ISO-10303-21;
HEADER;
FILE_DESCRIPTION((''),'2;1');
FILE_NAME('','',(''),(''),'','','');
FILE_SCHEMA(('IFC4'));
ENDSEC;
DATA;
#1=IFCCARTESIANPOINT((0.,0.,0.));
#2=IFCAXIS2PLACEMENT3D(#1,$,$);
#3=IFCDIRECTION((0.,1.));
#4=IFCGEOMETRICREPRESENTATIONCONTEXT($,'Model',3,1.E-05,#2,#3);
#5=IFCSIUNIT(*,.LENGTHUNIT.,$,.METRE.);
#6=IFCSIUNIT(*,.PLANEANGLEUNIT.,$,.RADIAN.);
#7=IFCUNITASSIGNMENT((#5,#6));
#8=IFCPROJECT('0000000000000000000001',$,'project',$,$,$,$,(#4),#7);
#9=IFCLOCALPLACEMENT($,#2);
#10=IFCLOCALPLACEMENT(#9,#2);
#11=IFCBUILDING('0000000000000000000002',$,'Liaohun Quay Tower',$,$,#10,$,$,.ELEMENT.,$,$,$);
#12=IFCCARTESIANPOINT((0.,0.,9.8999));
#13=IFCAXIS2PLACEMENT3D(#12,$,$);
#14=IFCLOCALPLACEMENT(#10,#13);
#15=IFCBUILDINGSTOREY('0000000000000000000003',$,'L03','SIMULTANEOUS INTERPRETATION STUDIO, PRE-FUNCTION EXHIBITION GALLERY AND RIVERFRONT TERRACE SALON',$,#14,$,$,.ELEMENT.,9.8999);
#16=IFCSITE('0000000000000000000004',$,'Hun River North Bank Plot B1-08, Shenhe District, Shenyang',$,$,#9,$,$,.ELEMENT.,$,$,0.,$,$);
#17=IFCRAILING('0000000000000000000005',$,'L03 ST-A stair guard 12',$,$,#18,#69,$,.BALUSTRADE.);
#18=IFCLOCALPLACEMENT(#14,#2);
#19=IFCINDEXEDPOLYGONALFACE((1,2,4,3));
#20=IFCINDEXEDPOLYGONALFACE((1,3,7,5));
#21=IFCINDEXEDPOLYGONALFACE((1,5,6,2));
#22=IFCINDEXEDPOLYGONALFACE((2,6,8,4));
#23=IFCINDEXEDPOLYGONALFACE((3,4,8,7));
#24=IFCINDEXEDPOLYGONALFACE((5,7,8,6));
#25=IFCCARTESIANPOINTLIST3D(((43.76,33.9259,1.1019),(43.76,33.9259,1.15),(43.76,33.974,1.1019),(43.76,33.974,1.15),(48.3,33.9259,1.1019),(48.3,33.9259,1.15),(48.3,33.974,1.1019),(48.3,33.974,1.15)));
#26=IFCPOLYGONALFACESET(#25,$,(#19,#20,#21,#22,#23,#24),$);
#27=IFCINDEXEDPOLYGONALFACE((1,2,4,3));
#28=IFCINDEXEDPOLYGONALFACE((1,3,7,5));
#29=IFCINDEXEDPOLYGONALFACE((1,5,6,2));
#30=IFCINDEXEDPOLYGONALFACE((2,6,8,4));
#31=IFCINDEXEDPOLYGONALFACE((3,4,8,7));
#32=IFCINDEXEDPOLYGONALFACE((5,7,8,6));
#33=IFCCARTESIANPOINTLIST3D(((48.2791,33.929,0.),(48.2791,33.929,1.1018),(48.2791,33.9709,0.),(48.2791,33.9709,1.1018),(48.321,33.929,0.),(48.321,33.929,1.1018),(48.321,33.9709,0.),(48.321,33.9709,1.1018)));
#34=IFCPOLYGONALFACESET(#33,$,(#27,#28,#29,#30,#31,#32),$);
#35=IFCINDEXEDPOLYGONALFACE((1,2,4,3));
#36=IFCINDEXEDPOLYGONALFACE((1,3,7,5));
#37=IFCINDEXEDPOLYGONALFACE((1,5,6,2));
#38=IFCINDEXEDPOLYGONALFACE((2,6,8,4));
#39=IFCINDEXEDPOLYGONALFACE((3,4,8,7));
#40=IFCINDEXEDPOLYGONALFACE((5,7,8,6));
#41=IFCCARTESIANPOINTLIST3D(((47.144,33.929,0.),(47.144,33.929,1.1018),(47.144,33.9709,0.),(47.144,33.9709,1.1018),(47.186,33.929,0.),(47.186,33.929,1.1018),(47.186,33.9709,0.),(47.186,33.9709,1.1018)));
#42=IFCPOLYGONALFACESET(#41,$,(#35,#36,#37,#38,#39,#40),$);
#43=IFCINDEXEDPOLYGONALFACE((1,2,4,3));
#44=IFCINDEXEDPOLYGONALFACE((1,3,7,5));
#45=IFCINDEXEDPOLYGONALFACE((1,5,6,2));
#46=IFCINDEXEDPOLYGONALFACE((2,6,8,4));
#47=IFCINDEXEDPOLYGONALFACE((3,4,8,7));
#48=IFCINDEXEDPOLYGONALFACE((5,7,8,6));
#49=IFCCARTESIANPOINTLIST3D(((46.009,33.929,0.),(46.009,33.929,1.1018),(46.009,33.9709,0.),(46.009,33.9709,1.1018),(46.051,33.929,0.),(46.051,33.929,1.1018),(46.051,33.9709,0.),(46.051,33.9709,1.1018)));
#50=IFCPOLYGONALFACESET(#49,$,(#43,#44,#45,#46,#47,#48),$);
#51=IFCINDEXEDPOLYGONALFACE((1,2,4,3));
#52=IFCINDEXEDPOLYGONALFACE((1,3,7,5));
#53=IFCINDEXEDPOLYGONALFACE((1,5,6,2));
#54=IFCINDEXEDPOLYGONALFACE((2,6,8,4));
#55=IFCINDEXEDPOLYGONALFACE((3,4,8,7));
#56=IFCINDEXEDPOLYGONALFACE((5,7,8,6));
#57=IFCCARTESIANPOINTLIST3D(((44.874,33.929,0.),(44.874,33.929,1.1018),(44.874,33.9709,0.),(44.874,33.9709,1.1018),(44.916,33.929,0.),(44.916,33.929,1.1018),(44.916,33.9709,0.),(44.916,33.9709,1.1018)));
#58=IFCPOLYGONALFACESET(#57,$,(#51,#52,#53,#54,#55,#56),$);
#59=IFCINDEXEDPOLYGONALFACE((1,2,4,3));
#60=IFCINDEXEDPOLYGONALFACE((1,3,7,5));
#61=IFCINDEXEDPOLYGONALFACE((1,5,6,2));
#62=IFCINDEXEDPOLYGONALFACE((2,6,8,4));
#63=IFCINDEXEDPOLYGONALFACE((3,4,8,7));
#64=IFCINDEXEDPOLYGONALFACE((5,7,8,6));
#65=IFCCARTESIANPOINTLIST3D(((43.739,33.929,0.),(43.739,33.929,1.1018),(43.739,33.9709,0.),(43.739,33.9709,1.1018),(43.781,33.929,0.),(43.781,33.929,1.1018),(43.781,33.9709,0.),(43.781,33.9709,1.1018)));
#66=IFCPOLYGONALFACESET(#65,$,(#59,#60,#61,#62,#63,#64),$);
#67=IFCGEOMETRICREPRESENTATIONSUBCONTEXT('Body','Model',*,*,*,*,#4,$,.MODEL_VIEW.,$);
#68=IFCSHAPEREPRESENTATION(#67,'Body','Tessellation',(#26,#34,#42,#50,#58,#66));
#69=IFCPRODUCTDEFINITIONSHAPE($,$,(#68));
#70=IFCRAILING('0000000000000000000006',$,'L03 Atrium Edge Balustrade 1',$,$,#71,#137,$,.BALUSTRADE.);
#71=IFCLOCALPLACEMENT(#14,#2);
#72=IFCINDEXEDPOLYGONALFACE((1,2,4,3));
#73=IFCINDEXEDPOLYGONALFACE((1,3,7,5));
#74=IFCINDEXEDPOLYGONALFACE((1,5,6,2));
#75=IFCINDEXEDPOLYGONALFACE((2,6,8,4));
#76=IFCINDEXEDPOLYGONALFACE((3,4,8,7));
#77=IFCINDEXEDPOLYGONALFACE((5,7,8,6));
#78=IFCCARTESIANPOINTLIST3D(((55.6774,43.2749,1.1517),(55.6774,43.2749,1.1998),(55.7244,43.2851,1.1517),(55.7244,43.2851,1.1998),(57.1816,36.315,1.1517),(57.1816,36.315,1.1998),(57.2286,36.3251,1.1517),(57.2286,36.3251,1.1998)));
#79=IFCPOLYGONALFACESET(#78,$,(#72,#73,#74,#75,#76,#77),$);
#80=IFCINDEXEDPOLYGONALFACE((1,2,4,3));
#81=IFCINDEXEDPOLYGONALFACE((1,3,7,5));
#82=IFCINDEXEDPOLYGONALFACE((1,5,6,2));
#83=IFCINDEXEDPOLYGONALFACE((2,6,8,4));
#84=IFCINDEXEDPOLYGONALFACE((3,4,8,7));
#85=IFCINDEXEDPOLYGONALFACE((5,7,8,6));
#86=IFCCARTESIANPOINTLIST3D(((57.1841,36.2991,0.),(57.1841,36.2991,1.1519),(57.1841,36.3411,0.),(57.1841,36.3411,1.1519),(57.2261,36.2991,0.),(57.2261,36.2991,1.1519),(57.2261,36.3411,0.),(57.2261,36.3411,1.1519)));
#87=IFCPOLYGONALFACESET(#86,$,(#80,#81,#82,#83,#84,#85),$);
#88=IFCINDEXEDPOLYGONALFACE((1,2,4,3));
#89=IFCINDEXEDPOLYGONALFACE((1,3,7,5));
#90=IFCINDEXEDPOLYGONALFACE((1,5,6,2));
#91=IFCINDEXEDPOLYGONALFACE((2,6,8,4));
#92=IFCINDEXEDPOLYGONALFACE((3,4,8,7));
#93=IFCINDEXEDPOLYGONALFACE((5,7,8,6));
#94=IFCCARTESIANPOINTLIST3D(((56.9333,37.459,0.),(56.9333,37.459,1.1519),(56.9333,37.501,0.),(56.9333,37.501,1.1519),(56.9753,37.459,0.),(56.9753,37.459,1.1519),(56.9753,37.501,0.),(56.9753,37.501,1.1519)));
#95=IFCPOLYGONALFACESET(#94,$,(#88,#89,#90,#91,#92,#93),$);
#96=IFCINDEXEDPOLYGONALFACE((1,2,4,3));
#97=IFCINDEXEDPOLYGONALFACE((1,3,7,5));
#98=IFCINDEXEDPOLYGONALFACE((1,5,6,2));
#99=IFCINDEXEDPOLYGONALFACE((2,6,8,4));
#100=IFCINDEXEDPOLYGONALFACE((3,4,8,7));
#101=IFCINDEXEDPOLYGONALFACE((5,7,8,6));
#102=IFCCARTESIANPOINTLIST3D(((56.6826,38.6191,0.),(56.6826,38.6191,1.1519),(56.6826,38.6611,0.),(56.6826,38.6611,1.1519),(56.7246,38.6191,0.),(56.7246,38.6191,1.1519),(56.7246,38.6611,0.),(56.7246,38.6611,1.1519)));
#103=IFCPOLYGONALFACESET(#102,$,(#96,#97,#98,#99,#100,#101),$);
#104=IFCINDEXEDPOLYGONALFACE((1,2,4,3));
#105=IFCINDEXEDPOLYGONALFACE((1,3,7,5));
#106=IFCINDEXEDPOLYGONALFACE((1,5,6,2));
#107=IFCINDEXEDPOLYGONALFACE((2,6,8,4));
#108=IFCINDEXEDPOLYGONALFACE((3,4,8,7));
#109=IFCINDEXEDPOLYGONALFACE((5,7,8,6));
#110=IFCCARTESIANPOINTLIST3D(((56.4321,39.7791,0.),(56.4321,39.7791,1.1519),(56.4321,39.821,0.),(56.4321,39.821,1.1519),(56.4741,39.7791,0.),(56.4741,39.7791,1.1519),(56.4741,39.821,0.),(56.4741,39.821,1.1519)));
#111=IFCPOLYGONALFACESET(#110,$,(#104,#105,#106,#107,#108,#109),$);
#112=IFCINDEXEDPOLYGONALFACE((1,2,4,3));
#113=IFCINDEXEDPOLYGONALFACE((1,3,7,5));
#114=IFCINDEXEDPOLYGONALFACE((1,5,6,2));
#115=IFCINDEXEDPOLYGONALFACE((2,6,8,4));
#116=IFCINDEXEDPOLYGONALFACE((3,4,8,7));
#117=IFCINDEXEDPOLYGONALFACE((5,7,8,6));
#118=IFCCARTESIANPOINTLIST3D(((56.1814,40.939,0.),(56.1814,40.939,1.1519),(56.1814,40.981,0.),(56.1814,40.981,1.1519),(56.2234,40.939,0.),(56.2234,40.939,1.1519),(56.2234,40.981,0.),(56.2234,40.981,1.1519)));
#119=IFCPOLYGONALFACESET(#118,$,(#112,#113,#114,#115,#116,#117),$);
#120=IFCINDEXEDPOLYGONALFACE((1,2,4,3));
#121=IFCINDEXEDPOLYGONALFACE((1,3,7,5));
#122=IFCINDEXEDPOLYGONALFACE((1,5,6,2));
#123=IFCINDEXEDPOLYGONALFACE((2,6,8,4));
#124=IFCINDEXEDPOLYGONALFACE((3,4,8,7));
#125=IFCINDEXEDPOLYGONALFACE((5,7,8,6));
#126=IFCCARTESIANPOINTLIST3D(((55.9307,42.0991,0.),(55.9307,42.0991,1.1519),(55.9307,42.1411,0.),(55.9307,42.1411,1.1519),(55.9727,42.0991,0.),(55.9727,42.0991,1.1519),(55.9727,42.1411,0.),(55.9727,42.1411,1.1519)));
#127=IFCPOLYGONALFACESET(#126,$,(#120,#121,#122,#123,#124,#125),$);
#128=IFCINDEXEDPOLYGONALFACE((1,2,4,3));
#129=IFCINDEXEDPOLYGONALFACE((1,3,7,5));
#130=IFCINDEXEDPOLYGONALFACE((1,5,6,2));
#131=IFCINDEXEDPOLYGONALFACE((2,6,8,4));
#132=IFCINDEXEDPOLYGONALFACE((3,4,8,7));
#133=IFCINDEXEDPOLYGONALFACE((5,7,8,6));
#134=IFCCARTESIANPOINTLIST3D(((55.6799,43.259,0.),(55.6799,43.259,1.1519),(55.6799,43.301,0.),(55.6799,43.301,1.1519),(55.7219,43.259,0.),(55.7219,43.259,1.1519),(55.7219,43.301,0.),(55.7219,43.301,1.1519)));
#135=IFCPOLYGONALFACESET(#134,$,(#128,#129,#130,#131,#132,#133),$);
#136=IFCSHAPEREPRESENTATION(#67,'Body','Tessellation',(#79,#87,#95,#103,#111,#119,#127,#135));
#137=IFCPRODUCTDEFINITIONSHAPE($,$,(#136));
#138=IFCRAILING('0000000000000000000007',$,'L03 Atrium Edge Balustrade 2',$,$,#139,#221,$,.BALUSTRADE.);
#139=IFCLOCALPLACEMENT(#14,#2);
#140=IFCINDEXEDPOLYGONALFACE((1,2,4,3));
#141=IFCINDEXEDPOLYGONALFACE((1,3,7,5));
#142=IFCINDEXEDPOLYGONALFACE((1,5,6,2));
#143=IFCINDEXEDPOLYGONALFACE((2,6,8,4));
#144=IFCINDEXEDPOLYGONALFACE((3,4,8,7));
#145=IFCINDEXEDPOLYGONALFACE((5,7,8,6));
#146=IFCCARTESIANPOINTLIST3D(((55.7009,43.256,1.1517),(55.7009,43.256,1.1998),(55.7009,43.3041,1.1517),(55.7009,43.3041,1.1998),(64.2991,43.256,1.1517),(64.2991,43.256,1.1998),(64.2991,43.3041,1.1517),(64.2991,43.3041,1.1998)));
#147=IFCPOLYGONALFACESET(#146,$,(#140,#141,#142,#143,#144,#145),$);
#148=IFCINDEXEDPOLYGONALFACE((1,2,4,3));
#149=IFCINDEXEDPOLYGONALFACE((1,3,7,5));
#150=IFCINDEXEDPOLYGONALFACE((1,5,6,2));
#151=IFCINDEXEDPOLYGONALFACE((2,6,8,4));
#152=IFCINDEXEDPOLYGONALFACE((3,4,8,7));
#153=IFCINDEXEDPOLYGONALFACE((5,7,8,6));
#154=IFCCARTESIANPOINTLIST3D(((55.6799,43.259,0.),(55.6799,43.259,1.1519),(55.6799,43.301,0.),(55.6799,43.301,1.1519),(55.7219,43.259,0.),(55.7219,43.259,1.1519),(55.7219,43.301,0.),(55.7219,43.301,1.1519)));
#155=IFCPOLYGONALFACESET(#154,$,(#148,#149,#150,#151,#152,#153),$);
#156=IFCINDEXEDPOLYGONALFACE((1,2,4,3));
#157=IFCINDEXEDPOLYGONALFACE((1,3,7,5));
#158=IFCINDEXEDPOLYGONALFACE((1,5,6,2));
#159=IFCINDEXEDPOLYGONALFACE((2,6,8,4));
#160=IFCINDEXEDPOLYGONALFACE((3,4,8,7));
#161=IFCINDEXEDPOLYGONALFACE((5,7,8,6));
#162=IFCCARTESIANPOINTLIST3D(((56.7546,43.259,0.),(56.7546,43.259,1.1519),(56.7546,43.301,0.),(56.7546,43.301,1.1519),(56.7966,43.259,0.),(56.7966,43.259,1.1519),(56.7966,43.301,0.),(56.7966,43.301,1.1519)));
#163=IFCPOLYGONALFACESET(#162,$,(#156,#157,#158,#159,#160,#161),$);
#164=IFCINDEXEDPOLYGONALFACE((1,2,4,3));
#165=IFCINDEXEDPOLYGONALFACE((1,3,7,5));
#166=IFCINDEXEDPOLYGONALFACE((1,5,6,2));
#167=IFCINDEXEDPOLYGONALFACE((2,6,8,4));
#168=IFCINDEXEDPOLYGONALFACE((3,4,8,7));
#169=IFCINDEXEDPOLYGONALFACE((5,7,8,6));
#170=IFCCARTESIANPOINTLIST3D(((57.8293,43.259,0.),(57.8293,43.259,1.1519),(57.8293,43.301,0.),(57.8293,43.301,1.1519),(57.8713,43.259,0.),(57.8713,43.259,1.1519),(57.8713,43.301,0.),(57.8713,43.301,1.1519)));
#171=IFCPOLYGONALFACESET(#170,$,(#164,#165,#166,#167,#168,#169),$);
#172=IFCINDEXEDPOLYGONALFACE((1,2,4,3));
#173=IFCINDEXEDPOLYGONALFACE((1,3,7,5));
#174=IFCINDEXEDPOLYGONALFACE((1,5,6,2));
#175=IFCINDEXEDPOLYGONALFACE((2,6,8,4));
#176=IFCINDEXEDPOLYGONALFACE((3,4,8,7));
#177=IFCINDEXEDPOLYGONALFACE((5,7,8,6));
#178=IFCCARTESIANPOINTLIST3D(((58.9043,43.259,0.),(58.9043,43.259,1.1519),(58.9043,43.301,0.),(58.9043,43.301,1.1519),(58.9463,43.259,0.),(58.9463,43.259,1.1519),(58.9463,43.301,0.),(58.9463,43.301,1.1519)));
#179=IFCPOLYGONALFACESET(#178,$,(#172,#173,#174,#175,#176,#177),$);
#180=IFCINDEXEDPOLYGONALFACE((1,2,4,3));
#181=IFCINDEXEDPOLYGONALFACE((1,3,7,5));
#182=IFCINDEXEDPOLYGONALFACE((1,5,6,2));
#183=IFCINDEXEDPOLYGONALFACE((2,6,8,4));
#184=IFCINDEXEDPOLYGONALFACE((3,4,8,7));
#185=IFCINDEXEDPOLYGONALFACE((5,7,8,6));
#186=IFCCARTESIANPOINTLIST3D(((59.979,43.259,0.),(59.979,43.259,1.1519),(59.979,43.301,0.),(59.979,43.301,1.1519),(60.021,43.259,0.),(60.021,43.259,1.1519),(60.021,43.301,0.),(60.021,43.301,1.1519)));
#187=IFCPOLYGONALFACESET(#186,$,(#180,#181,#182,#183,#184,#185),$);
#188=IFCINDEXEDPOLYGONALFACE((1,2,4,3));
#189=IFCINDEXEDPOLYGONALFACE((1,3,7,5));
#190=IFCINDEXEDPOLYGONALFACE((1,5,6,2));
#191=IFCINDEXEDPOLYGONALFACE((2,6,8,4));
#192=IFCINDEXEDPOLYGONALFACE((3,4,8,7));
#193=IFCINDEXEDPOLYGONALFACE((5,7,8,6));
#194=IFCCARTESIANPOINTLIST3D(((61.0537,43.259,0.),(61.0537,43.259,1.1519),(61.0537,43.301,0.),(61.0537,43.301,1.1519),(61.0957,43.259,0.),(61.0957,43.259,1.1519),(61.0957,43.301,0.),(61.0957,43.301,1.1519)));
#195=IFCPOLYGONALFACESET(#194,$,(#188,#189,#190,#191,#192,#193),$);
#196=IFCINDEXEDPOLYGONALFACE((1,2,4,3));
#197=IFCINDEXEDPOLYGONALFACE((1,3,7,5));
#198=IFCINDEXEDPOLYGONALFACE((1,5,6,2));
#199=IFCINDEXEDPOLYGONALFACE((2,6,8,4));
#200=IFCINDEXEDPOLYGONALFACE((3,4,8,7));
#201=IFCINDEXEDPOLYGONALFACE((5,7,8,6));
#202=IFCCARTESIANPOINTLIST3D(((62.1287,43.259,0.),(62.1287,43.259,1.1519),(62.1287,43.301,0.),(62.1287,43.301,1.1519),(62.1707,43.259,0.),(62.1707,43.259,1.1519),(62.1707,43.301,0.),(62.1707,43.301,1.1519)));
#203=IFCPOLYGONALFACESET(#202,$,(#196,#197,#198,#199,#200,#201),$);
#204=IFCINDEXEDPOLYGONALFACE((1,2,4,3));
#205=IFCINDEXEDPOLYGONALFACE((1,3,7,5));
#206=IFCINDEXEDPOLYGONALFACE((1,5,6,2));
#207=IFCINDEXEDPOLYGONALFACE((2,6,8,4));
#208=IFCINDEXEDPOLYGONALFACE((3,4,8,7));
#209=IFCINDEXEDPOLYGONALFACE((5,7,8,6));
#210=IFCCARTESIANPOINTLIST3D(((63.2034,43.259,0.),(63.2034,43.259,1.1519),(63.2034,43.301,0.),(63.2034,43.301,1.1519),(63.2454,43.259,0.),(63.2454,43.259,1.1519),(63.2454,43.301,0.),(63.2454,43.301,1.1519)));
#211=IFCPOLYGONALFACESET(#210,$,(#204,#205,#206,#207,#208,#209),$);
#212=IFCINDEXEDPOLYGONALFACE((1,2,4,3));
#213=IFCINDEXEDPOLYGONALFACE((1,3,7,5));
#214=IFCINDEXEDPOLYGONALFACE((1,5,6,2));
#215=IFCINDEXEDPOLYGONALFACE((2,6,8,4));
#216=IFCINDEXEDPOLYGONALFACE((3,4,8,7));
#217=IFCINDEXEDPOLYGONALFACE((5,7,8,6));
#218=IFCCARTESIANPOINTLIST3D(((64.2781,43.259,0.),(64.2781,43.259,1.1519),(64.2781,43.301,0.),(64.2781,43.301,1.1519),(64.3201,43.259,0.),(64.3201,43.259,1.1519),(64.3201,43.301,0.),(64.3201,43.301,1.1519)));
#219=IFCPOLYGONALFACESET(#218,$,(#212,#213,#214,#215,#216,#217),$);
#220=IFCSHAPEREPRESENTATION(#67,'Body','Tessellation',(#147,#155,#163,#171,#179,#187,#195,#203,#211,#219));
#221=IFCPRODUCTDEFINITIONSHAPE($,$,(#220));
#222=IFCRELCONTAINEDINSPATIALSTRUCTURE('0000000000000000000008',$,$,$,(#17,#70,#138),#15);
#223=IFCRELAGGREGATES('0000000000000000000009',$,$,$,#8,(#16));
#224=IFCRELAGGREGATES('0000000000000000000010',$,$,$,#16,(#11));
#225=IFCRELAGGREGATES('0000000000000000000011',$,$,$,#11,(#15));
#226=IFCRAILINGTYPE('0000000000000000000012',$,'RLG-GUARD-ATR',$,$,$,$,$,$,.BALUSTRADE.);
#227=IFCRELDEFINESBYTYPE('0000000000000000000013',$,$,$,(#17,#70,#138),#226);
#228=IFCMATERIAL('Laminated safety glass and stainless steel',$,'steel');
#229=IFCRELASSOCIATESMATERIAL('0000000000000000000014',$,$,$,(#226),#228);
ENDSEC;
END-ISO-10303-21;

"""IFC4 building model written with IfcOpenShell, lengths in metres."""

from ifc_helpers import new_model, si_unit, direction, frame, origin, origin_2d, place, context, subcontext, project, spatial, rectangle, extrude, material, type_object, element, save


model = new_model("IFC4")

# Units and contexts
model_context = context("Model", 3, precision=1e-05, world=origin(), true_north=direction((0.0, 1.0)))
body_context = subcontext(model_context, "Body", "Model", "MODEL_VIEW")
ifc_project = project(units=[si_unit("LENGTHUNIT", "METRE"), si_unit("PLANEANGLEUNIT", "RADIAN")], contexts=[model_context])

# Site, building, storey
site_placement = place(None, origin())
site = spatial("IfcSite", under=ifc_project, at=site_placement, Name="Hun River North Bank Plot B1-08, Shenhe District, Shenyang", CompositionType="ELEMENT", RefElevation=0.0)
building_placement = place(site_placement, origin())
building = spatial("IfcBuilding", under=site, at=building_placement, Name="Liaohun Quay Tower", CompositionType="ELEMENT")
storey_placement = place(building_placement, frame((0.0, 0.0, 9.8999)))
storey = spatial("IfcBuildingStorey", under=building, at=storey_placement, Name="L03", Description="SIMULTANEOUS INTERPRETATION STUDIO, PRE-FUNCTION EXHIBITION GALLERY AND RIVERFRONT TERRACE SALON", CompositionType="ELEMENT", Elevation=9.8999)

# Railings
ifc_material_1 = material(Name="Laminated safety glass and stainless steel", Category="steel")
railing_type_1 = type_object("IfcRailingType", Name="RLG-GUARD-ATR", PredefinedType="BALUSTRADE", material=ifc_material_1)
railing_1_placement = place(storey_placement, frame((48.3, 33.95, 0.0)))
element("IfcRailing", 1, at=railing_1_placement, inside=storey, type_object=railing_type_1, Name="L03 ST-A stair guard 12", PredefinedType="BALUSTRADE", context=body_context, shape_type="SweptSolid", body=[
    extrude(rectangle(XDim=0.0481, YDim=0.0481, at=origin_2d()), frame((0.0, 0.0, 1.126), z_axis=(-1.0, 0.0, 0.0), x_axis=(0.0, -1.0, 0.0)), (0.0, 0.0, 1.0), 4.54),
    extrude(rectangle(XDim=0.042, YDim=0.042, at=origin_2d()), origin(), (0.0, 0.0, 1.0), 1.1018),
    extrude(rectangle(XDim=0.042, YDim=0.042, at=origin_2d()), frame((-1.135, 0.0, 0.0)), (0.0, 0.0, 1.0), 1.1018),
    extrude(rectangle(XDim=0.042, YDim=0.042, at=origin_2d()), frame((-2.27, 0.0, 0.0)), (0.0, 0.0, 1.0), 1.1018),
    extrude(rectangle(XDim=0.042, YDim=0.042, at=origin_2d()), frame((-3.405, 0.0, 0.0)), (0.0, 0.0, 1.0), 1.1018),
    extrude(rectangle(XDim=0.042, YDim=0.042, at=origin_2d()), frame((-4.54, 0.0, 0.0)), (0.0, 0.0, 1.0), 1.1018),
])
railing_2_placement = place(storey_placement, frame((57.2051, 36.3201, 0.0)))
element("IfcRailing", 2, at=railing_2_placement, inside=storey, type_object=railing_type_1, Name="L03 Atrium Edge Balustrade 1", PredefinedType="BALUSTRADE", context=body_context, shape_type="SweptSolid", body=[
    extrude(rectangle(XDim=0.0481, YDim=0.0481, at=origin_2d()), frame((0.0, 0.0, 1.1758), z_axis=(-0.211238, 0.977435, 0.0), x_axis=(-0.977435, -0.211238, 0.0)), (0.0, 0.0, 1.0), 7.1206),
    extrude(rectangle(XDim=0.042, YDim=0.042, at=origin_2d()), origin(), (0.0, 0.0, 1.0), 1.1519),
    extrude(rectangle(XDim=0.042, YDim=0.042, at=origin_2d()), frame((-0.2507, 1.1599, 0.0)), (0.0, 0.0, 1.0), 1.1519),
    extrude(rectangle(XDim=0.042, YDim=0.042, at=origin_2d()), frame((-0.5015, 2.3201, 0.0)), (0.0, 0.0, 1.0), 1.1519),
    extrude(rectangle(XDim=0.042, YDim=0.042, at=origin_2d()), frame((-0.752, 3.48, 0.0)), (0.0, 0.0, 1.0), 1.1519),
    extrude(rectangle(XDim=0.042, YDim=0.042, at=origin_2d()), frame((-1.0027, 4.6399, 0.0)), (0.0, 0.0, 1.0), 1.1519),
    extrude(rectangle(XDim=0.042, YDim=0.042, at=origin_2d()), frame((-1.2534, 5.8, 0.0)), (0.0, 0.0, 1.0), 1.1519),
    extrude(rectangle(XDim=0.042, YDim=0.042, at=origin_2d()), frame((-1.5042, 6.96, 0.0)), (0.0, 0.0, 1.0), 1.1519),
])
railing_3_placement = place(storey_placement, frame((55.7009, 43.28, 0.0)))
element("IfcRailing", 3, at=railing_3_placement, inside=storey, type_object=railing_type_1, Name="L03 Atrium Edge Balustrade 2", PredefinedType="BALUSTRADE", context=body_context, shape_type="SweptSolid", body=[
    extrude(rectangle(XDim=0.0481, YDim=0.0481, at=origin_2d()), frame((0.0, 0.0, 1.1758), z_axis=(1.0, 0.0, 0.0), x_axis=(0.0, 1.0, 0.0)), (0.0, 0.0, 1.0), 8.5981),
    extrude(rectangle(XDim=0.042, YDim=0.042, at=origin_2d()), origin(), (0.0, 0.0, 1.0), 1.1519),
    extrude(rectangle(XDim=0.042, YDim=0.042, at=origin_2d()), frame((1.0747, 0.0, 0.0)), (0.0, 0.0, 1.0), 1.1519),
    extrude(rectangle(XDim=0.042, YDim=0.042, at=origin_2d()), frame((2.1494, 0.0, 0.0)), (0.0, 0.0, 1.0), 1.1519),
    extrude(rectangle(XDim=0.042, YDim=0.042, at=origin_2d()), frame((3.2244, 0.0, 0.0)), (0.0, 0.0, 1.0), 1.1519),
    extrude(rectangle(XDim=0.042, YDim=0.042, at=origin_2d()), frame((4.2991, 0.0, 0.0)), (0.0, 0.0, 1.0), 1.1519),
    extrude(rectangle(XDim=0.042, YDim=0.042, at=origin_2d()), frame((5.3738, 0.0, 0.0)), (0.0, 0.0, 1.0), 1.1519),
    extrude(rectangle(XDim=0.042, YDim=0.042, at=origin_2d()), frame((6.4487, 0.0, 0.0)), (0.0, 0.0, 1.0), 1.1519),
    extrude(rectangle(XDim=0.042, YDim=0.042, at=origin_2d()), frame((7.5234, 0.0, 0.0)), (0.0, 0.0, 1.0), 1.1519),
    extrude(rectangle(XDim=0.042, YDim=0.042, at=origin_2d()), frame((8.5981, 0.0, 0.0)), (0.0, 0.0, 1.0), 1.1519),
])

save(model, "model.ifc")
